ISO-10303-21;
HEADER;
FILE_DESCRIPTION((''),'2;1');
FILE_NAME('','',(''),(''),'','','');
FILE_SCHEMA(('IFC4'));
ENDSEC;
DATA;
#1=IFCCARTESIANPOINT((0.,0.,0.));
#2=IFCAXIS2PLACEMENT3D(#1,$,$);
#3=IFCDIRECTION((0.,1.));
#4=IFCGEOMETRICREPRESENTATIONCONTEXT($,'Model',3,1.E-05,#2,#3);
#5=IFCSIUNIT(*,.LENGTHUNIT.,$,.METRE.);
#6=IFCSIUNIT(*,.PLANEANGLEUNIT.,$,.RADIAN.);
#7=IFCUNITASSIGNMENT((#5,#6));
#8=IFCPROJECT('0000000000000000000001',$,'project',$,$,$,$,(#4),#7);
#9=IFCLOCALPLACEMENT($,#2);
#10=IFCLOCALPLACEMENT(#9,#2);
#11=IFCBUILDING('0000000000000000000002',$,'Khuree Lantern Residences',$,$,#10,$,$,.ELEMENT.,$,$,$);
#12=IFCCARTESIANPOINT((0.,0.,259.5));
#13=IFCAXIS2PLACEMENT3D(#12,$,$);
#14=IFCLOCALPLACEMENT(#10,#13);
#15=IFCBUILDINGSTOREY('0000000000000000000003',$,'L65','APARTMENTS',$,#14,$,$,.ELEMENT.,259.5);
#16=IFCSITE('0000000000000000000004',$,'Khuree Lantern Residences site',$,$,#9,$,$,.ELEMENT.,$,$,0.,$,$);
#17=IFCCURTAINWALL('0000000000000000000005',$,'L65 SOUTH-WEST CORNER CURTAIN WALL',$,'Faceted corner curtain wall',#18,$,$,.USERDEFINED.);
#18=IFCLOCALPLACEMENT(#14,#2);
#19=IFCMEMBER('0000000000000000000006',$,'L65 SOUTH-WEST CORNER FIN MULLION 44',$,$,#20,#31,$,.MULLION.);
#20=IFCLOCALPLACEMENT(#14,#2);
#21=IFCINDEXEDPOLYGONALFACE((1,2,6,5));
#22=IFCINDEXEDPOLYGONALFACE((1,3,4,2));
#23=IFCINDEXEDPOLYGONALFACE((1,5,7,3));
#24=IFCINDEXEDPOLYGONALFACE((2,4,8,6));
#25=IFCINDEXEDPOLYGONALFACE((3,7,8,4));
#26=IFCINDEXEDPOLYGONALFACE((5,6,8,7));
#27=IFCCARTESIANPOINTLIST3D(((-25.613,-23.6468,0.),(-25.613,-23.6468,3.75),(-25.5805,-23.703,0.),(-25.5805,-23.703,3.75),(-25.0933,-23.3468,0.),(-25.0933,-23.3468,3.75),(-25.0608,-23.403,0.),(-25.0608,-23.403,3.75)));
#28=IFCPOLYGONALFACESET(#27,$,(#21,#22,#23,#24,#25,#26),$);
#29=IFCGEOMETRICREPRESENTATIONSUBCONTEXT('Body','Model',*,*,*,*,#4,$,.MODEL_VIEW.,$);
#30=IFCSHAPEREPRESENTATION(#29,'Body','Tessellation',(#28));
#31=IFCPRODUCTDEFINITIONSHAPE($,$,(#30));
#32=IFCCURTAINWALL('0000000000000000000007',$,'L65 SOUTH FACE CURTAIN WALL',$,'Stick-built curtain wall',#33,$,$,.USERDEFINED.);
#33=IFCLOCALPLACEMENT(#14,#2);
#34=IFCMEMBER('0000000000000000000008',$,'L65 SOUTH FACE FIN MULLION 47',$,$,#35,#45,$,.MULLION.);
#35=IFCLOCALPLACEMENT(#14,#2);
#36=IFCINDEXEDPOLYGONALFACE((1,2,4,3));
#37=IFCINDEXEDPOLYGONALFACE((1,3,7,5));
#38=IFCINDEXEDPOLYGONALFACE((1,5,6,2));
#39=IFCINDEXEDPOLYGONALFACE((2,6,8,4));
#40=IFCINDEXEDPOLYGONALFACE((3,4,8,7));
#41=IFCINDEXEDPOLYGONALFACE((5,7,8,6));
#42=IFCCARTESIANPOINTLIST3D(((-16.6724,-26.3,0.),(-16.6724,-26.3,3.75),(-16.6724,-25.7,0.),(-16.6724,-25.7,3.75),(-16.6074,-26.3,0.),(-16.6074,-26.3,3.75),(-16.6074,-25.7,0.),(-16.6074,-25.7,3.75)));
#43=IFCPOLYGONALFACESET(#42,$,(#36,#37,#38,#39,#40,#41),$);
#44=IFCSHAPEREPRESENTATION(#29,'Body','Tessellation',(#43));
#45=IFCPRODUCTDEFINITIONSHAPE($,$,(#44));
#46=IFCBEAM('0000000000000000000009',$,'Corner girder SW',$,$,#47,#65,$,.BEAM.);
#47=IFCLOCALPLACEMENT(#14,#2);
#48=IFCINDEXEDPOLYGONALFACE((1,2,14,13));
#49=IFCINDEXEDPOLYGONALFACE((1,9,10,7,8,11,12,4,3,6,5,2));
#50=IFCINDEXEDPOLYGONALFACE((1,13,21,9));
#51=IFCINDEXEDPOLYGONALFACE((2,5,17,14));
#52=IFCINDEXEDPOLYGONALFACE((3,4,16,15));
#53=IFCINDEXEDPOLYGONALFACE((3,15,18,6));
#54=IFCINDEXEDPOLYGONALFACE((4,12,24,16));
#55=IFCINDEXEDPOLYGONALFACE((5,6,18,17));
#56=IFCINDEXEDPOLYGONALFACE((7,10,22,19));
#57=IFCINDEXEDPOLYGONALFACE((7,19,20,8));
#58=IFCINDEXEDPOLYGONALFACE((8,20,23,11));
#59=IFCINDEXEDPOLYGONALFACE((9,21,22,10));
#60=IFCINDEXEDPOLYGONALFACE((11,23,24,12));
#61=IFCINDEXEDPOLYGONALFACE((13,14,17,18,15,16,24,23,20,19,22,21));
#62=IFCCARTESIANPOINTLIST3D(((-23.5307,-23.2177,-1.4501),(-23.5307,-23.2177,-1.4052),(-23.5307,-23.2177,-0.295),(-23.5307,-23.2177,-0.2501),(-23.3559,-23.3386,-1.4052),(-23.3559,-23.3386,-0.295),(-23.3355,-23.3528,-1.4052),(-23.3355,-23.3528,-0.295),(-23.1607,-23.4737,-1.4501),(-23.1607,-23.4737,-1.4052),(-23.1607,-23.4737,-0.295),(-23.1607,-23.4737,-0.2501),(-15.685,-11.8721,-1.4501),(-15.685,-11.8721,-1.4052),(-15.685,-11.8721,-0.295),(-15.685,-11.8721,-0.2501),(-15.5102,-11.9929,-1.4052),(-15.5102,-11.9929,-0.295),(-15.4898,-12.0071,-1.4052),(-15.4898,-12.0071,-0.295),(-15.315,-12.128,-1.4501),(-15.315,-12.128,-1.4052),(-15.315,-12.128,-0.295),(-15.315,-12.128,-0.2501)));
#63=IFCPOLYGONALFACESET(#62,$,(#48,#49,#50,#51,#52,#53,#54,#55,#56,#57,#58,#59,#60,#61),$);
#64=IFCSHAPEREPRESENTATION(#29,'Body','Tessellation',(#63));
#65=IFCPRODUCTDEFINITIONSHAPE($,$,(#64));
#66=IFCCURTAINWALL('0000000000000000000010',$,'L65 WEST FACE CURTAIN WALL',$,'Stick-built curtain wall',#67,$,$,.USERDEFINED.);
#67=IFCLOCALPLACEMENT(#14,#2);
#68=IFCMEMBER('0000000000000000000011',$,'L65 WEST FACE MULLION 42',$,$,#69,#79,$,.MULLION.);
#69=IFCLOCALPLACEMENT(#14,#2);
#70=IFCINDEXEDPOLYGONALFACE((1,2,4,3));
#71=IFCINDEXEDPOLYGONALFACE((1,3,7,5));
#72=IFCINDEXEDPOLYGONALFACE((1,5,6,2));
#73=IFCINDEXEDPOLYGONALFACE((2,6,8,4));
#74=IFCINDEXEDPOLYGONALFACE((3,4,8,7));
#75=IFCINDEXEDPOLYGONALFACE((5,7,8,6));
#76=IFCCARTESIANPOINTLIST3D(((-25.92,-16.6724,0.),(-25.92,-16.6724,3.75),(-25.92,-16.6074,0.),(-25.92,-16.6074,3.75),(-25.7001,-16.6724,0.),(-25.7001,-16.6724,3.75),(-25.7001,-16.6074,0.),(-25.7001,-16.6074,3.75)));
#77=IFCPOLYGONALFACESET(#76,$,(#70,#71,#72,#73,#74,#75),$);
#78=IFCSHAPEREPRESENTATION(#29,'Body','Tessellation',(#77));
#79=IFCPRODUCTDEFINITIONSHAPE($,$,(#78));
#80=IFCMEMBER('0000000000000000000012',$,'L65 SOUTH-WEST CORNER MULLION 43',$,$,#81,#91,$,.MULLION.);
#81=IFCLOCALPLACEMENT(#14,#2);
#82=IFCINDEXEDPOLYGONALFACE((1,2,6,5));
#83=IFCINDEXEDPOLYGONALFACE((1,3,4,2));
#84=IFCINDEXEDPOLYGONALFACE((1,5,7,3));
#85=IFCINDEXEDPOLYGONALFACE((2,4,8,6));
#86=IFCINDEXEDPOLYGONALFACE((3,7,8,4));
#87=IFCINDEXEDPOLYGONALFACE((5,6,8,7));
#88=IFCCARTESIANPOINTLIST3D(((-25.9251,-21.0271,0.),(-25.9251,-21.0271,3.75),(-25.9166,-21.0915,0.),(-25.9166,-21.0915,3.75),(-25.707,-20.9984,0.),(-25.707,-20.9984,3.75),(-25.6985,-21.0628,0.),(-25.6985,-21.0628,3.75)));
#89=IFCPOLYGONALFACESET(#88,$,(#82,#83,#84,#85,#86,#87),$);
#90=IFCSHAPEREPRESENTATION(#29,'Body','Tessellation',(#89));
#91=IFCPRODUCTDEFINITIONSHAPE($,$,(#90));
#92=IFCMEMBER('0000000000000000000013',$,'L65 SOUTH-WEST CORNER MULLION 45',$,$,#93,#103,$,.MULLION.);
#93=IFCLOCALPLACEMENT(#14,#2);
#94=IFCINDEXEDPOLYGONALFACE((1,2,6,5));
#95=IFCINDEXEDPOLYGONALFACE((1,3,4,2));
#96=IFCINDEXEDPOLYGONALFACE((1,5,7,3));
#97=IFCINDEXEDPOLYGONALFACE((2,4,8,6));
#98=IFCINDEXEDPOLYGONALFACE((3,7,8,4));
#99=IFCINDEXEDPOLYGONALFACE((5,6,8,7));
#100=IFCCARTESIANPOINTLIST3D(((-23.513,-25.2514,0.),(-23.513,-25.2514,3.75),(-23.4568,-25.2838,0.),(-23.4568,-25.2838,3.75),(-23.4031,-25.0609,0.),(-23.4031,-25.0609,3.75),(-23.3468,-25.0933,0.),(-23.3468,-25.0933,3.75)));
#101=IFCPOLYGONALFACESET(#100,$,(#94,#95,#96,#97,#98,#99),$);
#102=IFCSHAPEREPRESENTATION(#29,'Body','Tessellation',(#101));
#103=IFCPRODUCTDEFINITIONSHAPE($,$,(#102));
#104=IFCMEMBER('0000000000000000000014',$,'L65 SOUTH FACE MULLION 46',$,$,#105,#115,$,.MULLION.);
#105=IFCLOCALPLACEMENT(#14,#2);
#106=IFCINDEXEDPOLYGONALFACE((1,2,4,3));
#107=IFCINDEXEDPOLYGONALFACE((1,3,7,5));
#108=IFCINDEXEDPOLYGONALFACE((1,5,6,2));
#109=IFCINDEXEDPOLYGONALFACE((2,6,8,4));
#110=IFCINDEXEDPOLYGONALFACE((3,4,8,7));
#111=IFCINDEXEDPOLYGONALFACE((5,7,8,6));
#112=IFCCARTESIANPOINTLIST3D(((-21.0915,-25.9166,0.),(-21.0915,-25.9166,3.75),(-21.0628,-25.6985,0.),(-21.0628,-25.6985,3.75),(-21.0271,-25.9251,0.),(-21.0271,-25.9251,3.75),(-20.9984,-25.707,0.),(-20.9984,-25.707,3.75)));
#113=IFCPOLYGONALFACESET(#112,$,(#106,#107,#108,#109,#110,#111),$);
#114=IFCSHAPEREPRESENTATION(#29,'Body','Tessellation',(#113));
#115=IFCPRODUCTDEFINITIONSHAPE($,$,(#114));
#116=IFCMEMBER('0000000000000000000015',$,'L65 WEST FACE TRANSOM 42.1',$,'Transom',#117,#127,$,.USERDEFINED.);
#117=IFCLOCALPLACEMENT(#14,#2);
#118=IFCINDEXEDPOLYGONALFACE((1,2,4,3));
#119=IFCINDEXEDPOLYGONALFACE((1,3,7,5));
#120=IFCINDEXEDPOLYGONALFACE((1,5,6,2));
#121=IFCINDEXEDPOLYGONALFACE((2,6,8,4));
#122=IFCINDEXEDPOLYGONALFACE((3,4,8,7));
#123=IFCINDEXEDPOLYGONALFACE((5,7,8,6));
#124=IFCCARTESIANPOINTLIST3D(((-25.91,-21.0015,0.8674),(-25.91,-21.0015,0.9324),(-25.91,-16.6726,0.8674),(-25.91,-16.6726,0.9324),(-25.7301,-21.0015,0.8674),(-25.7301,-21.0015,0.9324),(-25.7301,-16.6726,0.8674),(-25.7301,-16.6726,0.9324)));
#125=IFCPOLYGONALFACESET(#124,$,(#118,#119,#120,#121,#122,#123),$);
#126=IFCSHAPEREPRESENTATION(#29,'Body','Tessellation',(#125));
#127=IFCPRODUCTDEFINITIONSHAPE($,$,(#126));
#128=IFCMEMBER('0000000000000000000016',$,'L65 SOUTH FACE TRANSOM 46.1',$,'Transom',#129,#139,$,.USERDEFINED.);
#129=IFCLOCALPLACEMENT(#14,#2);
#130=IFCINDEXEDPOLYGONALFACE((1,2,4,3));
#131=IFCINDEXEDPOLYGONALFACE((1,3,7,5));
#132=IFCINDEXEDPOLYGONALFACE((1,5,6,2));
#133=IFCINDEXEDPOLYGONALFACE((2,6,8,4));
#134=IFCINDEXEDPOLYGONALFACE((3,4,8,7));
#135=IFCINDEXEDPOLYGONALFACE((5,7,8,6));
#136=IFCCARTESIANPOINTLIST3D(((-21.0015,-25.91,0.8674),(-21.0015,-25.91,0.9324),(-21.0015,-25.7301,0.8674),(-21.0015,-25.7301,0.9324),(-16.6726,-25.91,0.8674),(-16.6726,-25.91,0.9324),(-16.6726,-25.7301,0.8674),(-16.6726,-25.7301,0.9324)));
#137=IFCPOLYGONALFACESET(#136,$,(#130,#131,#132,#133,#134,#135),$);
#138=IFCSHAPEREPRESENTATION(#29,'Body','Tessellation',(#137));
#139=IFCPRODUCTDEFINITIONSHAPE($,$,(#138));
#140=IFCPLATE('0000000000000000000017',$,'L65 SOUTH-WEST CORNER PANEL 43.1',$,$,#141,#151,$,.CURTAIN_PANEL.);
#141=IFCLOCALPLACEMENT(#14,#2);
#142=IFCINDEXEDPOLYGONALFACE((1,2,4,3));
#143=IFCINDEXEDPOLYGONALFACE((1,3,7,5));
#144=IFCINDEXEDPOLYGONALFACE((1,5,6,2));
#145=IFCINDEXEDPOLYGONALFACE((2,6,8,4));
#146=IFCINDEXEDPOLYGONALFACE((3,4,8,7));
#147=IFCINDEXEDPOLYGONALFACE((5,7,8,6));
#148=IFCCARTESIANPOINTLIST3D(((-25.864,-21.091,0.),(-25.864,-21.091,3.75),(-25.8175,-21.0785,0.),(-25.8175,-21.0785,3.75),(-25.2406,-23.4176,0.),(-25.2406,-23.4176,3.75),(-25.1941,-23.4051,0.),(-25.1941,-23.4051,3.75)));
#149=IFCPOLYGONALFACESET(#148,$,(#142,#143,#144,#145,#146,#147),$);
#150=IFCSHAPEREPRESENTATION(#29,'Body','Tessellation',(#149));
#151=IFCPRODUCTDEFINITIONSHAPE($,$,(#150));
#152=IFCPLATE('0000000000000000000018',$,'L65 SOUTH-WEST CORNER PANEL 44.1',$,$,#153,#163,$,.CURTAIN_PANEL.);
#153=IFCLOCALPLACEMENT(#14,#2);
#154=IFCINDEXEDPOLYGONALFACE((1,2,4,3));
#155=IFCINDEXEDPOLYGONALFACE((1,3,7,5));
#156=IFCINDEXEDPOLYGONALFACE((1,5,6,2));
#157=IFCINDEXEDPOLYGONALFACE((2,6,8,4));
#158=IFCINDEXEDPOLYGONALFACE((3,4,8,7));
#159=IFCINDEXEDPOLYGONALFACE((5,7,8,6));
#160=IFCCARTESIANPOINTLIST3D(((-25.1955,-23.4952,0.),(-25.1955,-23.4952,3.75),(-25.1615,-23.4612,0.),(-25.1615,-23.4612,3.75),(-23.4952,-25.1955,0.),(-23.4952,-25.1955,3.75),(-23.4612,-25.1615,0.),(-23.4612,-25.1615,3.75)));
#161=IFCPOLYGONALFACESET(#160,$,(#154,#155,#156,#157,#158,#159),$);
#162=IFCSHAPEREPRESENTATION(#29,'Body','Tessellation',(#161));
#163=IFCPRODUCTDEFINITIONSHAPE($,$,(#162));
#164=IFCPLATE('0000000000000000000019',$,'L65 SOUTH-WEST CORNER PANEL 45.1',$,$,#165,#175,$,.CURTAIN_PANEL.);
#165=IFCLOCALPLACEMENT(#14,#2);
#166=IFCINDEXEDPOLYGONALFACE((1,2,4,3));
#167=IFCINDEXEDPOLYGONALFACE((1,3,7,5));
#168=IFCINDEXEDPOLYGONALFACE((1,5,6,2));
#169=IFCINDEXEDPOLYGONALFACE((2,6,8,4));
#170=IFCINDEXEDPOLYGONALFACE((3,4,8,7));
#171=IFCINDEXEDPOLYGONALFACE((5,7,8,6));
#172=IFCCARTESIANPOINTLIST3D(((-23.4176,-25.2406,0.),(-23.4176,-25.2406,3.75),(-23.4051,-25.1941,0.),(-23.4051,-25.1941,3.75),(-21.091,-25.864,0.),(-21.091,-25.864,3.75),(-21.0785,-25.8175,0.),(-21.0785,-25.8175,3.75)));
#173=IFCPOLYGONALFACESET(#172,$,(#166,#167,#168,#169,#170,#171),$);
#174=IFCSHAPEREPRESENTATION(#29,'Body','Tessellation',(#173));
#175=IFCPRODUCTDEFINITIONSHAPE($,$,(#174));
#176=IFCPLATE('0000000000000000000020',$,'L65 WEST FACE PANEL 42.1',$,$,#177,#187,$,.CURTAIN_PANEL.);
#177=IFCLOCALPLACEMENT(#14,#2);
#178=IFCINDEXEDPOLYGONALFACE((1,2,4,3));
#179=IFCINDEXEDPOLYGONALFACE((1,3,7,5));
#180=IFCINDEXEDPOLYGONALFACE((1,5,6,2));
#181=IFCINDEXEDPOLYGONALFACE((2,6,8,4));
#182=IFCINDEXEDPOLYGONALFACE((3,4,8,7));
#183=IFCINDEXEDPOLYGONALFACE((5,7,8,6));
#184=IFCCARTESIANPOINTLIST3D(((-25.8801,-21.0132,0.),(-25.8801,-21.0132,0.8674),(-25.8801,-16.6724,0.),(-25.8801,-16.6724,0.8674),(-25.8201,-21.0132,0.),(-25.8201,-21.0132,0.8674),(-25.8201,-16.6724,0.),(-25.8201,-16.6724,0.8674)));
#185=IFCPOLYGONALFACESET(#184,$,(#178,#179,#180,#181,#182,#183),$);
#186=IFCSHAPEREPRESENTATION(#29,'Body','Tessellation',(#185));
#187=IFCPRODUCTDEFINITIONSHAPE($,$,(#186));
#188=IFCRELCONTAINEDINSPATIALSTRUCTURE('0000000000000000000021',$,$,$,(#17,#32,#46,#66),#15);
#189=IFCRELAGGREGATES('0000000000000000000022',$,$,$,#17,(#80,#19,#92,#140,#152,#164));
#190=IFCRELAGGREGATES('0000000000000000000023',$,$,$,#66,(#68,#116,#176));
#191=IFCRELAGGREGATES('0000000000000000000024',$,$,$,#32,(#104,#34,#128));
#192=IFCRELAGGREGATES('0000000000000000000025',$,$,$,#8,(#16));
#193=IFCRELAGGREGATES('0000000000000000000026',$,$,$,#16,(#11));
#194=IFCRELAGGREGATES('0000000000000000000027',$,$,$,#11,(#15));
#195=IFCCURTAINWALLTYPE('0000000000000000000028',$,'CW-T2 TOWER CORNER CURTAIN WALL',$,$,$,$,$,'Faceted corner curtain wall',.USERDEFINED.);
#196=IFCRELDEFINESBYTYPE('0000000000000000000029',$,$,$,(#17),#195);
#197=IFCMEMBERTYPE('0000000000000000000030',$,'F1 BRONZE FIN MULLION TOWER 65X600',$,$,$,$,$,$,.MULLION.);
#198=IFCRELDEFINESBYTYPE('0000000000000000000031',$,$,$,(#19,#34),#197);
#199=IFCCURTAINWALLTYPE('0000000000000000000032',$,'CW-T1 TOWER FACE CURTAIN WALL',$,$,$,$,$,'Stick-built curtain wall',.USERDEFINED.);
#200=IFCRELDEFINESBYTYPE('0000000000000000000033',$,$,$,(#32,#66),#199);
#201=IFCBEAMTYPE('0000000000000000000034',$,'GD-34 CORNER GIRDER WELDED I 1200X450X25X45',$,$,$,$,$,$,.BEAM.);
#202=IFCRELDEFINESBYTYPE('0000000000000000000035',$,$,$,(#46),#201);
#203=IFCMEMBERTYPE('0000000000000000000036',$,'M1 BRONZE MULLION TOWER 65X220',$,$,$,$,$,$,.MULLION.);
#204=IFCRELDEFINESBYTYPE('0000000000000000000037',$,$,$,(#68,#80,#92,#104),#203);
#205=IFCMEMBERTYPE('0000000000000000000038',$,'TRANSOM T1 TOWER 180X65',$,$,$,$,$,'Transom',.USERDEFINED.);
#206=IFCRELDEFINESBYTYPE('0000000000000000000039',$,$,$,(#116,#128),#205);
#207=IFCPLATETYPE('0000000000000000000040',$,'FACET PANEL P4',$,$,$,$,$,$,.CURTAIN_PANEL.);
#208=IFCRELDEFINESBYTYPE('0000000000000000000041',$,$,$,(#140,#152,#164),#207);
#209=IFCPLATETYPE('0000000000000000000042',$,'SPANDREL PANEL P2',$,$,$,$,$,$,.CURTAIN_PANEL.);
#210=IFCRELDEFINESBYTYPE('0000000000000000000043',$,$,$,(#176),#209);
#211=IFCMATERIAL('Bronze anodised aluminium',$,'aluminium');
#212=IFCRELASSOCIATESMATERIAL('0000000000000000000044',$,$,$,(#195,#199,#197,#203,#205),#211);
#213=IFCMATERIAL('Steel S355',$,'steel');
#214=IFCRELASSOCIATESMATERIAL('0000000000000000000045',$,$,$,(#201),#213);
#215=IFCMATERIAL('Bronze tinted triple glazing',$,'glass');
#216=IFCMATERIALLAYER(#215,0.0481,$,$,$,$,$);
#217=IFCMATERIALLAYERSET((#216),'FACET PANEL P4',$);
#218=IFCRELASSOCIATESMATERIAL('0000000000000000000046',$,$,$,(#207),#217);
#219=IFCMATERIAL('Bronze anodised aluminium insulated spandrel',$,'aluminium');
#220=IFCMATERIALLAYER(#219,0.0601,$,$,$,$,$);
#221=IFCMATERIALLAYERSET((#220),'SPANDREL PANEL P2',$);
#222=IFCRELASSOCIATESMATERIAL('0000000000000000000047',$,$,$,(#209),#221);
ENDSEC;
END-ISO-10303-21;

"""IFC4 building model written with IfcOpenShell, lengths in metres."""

from ifc_helpers import new_model, si_unit, direction, frame, origin, origin_2d, place, context, subcontext, project, spatial, rectangle, i_section, extrude, material, layer, layer_set, material_profile, profile_set, type_object, element, aggregate, save


model = new_model("IFC4")

# Units and contexts
model_context = context("Model", 3, precision=1e-05, world=origin(), true_north=direction((0.0, 1.0)))
body_context = subcontext(model_context, "Body", "Model", "MODEL_VIEW")
ifc_project = project(units=[si_unit("LENGTHUNIT", "METRE"), si_unit("PLANEANGLEUNIT", "RADIAN")], contexts=[model_context])

# Site, building, storey
site_placement = place(None, origin())
site = spatial("IfcSite", under=ifc_project, at=site_placement, Name="Khuree Lantern Residences site", CompositionType="ELEMENT", RefElevation=0.0)
building_placement = place(site_placement, origin())
building = spatial("IfcBuilding", under=site, at=building_placement, Name="Khuree Lantern Residences", CompositionType="ELEMENT")
storey_placement = place(building_placement, frame((0.0, 0.0, 259.5)))
storey = spatial("IfcBuildingStorey", under=building, at=storey_placement, Name="L65", Description="APARTMENTS", CompositionType="ELEMENT", Elevation=259.5)

# Shared definitions
ifc_material_1 = material(Name="Steel S355", Category="steel")

# Curtain walls, members
ifc_material_2 = material(Name="Bronze anodised aluminium", Category="aluminium")
curtain_wall_type_1 = type_object("IfcCurtainWallType", Name="CW-T2 TOWER CORNER CURTAIN WALL", ElementType="Faceted corner curtain wall", PredefinedType="USERDEFINED", material=ifc_material_2)
curtain_wall_1_placement = place(storey_placement, origin())
curtain_wall_1 = element("IfcCurtainWall", 1, at=curtain_wall_1_placement, inside=storey, type_object=curtain_wall_type_1, Name="L65 SOUTH-WEST CORNER CURTAIN WALL", ObjectType="Faceted corner curtain wall", PredefinedType="USERDEFINED")
ifc_material_profile_1 = material_profile(ifc_material_2, rectangle(XDim=0.0649, YDim=0.6001, at=origin_2d()), Name="F1 65X600")
ifc_profile_set_1 = profile_set([ifc_material_profile_1], Name="Bronze anodised aluminium")
member_type_1 = type_object("IfcMemberType", Name="F1 BRONZE FIN MULLION TOWER 65X600", PredefinedType="MULLION", material=ifc_profile_set_1)
member_1_placement = place(storey_placement, frame((-25.3369, -23.5249, 0.0), z_axis=(0.0, 0.0, 1.0), x_axis=(0.5, -0.866025, 0.0)))
member_1 = element("IfcMember", 2, at=member_1_placement, type_object=member_type_1, Name="L65 SOUTH-WEST CORNER FIN MULLION 44", PredefinedType="MULLION", context=body_context, shape_type="SweptSolid", body=[
    extrude(rectangle(XDim=0.0649, YDim=0.6001, at=origin_2d()), origin(), (0.0, 0.0, 1.0), 3.75),
])
curtain_wall_type_2 = type_object("IfcCurtainWallType", Name="CW-T1 TOWER FACE CURTAIN WALL", ElementType="Stick-built curtain wall", PredefinedType="USERDEFINED", material=ifc_material_2)
curtain_wall_2_placement = place(storey_placement, origin())
curtain_wall_2 = element("IfcCurtainWall", 3, at=curtain_wall_2_placement, inside=storey, type_object=curtain_wall_type_2, Name="L65 SOUTH FACE CURTAIN WALL", ObjectType="Stick-built curtain wall", PredefinedType="USERDEFINED")
member_2_placement = place(storey_placement, frame((-16.6399, -26.0, 0.0), z_axis=(0.0, 0.0, 1.0), x_axis=(1.0, 0.0, 0.0)))
member_2 = element("IfcMember", 4, at=member_2_placement, type_object=member_type_1, Name="L65 SOUTH FACE FIN MULLION 47", PredefinedType="MULLION", context=body_context, shape_type="SweptSolid", body=[
    extrude(rectangle(XDim=0.0649, YDim=0.6001, at=origin_2d()), origin(), (0.0, 0.0, 1.0), 3.75),
])

# Beam
ifc_material_profile_2 = material_profile(ifc_material_1, i_section(OverallWidth=0.45, OverallDepth=1.2, WebThickness=0.0249, FlangeThickness=0.0449, at=origin_2d()), Name="WELDED I 1200X450X25X45")
ifc_profile_set_2 = profile_set([ifc_material_profile_2], Name="Steel S355")
beam_type_1 = type_object("IfcBeamType", Name="GD-34 CORNER GIRDER WELDED I 1200X450X25X45", PredefinedType="BEAM", material=ifc_profile_set_2)
beam_1_placement = place(storey_placement, frame((-23.3457, -23.3457, -0.8501), z_axis=(0.568768, 0.822498, 0.0), x_axis=(-0.822498, 0.568768, 0.0)))
element("IfcBeam", 5, at=beam_1_placement, inside=storey, type_object=beam_type_1, Name="Corner girder SW", PredefinedType="BEAM", context=body_context, shape_type="SweptSolid", body=[
    extrude(i_section(OverallWidth=0.45, OverallDepth=1.2, WebThickness=0.0249, FlangeThickness=0.0449, at=origin_2d()), origin(), (0.0, 0.0, 1.0), 13.7942),
])

# Curtain wall, member
curtain_wall_3_placement = place(storey_placement, origin())
curtain_wall_3 = element("IfcCurtainWall", 6, at=curtain_wall_3_placement, inside=storey, type_object=curtain_wall_type_2, Name="L65 WEST FACE CURTAIN WALL", ObjectType="Stick-built curtain wall", PredefinedType="USERDEFINED")
ifc_material_profile_3 = material_profile(ifc_material_2, rectangle(XDim=0.0649, YDim=0.22, at=origin_2d()), Name="M1 65X220")
ifc_profile_set_3 = profile_set([ifc_material_profile_3], Name="Bronze anodised aluminium")
member_type_2 = type_object("IfcMemberType", Name="M1 BRONZE MULLION TOWER 65X220", PredefinedType="MULLION", material=ifc_profile_set_3)
member_3_placement = place(storey_placement, frame((-25.8101, -16.6399, 0.0), z_axis=(0.0, 0.0, 1.0), x_axis=(0.0, -1.0, 0.0)))
member_3 = element("IfcMember", 7, at=member_3_placement, type_object=member_type_2, Name="L65 WEST FACE MULLION 42", PredefinedType="MULLION", context=body_context, shape_type="SweptSolid", body=[
    extrude(rectangle(XDim=0.0649, YDim=0.22, at=origin_2d()), origin(), (0.0, 0.0, 1.0), 3.75),
])

# Members
member_4_placement = place(storey_placement, frame((-25.8118, -21.0449, 0.0), z_axis=(0.0, 0.0, 1.0), x_axis=(0.130526, -0.991445, 0.0)))
member_4 = element("IfcMember", 8, at=member_4_placement, type_object=member_type_2, Name="L65 SOUTH-WEST CORNER MULLION 43", PredefinedType="MULLION", context=body_context, shape_type="SweptSolid", body=[
    extrude(rectangle(XDim=0.0649, YDim=0.22, at=origin_2d()), origin(), (0.0, 0.0, 1.0), 3.75),
])
member_5_placement = place(storey_placement, frame((-23.4299, -25.1724, 0.0), z_axis=(0.0, 0.0, 1.0), x_axis=(0.866025, -0.5, 0.0)))
member_5 = element("IfcMember", 9, at=member_5_placement, type_object=member_type_2, Name="L65 SOUTH-WEST CORNER MULLION 45", PredefinedType="MULLION", context=body_context, shape_type="SweptSolid", body=[
    extrude(rectangle(XDim=0.0649, YDim=0.22, at=origin_2d()), origin(), (0.0, 0.0, 1.0), 3.75),
])
member_6_placement = place(storey_placement, frame((-21.0449, -25.8118, 0.0), z_axis=(0.0, 0.0, 1.0), x_axis=(0.991445, -0.130526, 0.0)))
member_6 = element("IfcMember", 10, at=member_6_placement, type_object=member_type_2, Name="L65 SOUTH FACE MULLION 46", PredefinedType="MULLION", context=body_context, shape_type="SweptSolid", body=[
    extrude(rectangle(XDim=0.0649, YDim=0.22, at=origin_2d()), origin(), (0.0, 0.0, 1.0), 3.75),
])
ifc_material_profile_4 = material_profile(ifc_material_2, rectangle(XDim=0.1799, YDim=0.0649, at=origin_2d()), Name="T1 180X65")
ifc_profile_set_4 = profile_set([ifc_material_profile_4], Name="Bronze anodised aluminium")
member_type_3 = type_object("IfcMemberType", Name="TRANSOM T1 TOWER 180X65", ElementType="Transom", PredefinedType="USERDEFINED", material=ifc_profile_set_4)
member_7_placement = place(storey_placement, frame((-25.8201, -16.6726, 0.8999), z_axis=(0.0, -1.0, 0.0), x_axis=(1.0, 0.0, 0.0)))
member_7 = element("IfcMember", 11, at=member_7_placement, type_object=member_type_3, Name="L65 WEST FACE TRANSOM 42.1", ObjectType="Transom", PredefinedType="USERDEFINED", context=body_context, shape_type="SweptSolid", body=[
    extrude(rectangle(XDim=0.1799, YDim=0.0649, at=origin_2d()), origin(), (0.0, 0.0, 1.0), 4.3289),
])
member_8_placement = place(storey_placement, frame((-21.0015, -25.8201, 0.8999), z_axis=(1.0, 0.0, 0.0), x_axis=(0.0, 1.0, 0.0)))
member_8 = element("IfcMember", 12, at=member_8_placement, type_object=member_type_3, Name="L65 SOUTH FACE TRANSOM 46.1", ObjectType="Transom", PredefinedType="USERDEFINED", context=body_context, shape_type="SweptSolid", body=[
    extrude(rectangle(XDim=0.1799, YDim=0.0649, at=origin_2d()), origin(), (0.0, 0.0, 1.0), 4.3289),
])

# Plates
ifc_material_3 = material(Name="Bronze tinted triple glazing", Category="glass")
ifc_layer_1 = layer(ifc_material_3, 0.0481)
ifc_layer_set_1 = layer_set([ifc_layer_1], Name="FACET PANEL P4")
plate_type_1 = type_object("IfcPlateType", Name="FACET PANEL P4", PredefinedType="CURTAIN_PANEL", material=ifc_layer_set_1)
plate_1_placement = place(storey_placement, frame((-25.5291, -22.248, 0.0), z_axis=(0.0, 0.0, 1.0), x_axis=(0.258819, -0.965926, 0.0)))
plate_1 = element("IfcPlate", 13, at=plate_1_placement, type_object=plate_type_1, Name="L65 SOUTH-WEST CORNER PANEL 43.1", PredefinedType="CURTAIN_PANEL", context=body_context, shape_type="SweptSolid", body=[
    extrude(rectangle(XDim=2.4087, YDim=0.0481, at=origin_2d()), origin(), (0.0, 0.0, 1.0), 3.75),
])
plate_2_placement = place(storey_placement, frame((-24.3284, -24.3284, 0.0), z_axis=(0.0, 0.0, 1.0), x_axis=(0.707107, -0.707107, 0.0)))
plate_2 = element("IfcPlate", 14, at=plate_2_placement, type_object=plate_type_1, Name="L65 SOUTH-WEST CORNER PANEL 44.1", PredefinedType="CURTAIN_PANEL", context=body_context, shape_type="SweptSolid", body=[
    extrude(rectangle(XDim=2.4045, YDim=0.0481, at=origin_2d()), origin(), (0.0, 0.0, 1.0), 3.75),
])
plate_3_placement = place(storey_placement, frame((-22.248, -25.5291, 0.0), z_axis=(0.0, 0.0, 1.0), x_axis=(0.965926, -0.258819, 0.0)))
plate_3 = element("IfcPlate", 15, at=plate_3_placement, type_object=plate_type_1, Name="L65 SOUTH-WEST CORNER PANEL 45.1", PredefinedType="CURTAIN_PANEL", context=body_context, shape_type="SweptSolid", body=[
    extrude(rectangle(XDim=2.4087, YDim=0.0481, at=origin_2d()), origin(), (0.0, 0.0, 1.0), 3.75),
])
aggregate(curtain_wall_1, [member_4, member_1, member_5, plate_1, plate_2, plate_3])
ifc_material_4 = material(Name="Bronze anodised aluminium insulated spandrel", Category="aluminium")
ifc_layer_2 = layer(ifc_material_4, 0.0601)
ifc_layer_set_2 = layer_set([ifc_layer_2], Name="SPANDREL PANEL P2")
plate_type_2 = type_object("IfcPlateType", Name="SPANDREL PANEL P2", PredefinedType="CURTAIN_PANEL", material=ifc_layer_set_2)
plate_4_placement = place(storey_placement, frame((-25.8501, -18.8428, 0.0), z_axis=(0.0, 0.0, 1.0), x_axis=(0.0, -1.0, 0.0)))
plate_4 = element("IfcPlate", 16, at=plate_4_placement, type_object=plate_type_2, Name="L65 WEST FACE PANEL 42.1", PredefinedType="CURTAIN_PANEL", context=body_context, shape_type="SweptSolid", body=[
    extrude(rectangle(XDim=4.3408, YDim=0.0601, at=origin_2d()), origin(), (0.0, 0.0, 1.0), 0.8674),
])
aggregate(curtain_wall_3, [member_3, member_7, plate_4])
aggregate(curtain_wall_2, [member_6, member_2, member_8])

save(model, "model.ifc")
